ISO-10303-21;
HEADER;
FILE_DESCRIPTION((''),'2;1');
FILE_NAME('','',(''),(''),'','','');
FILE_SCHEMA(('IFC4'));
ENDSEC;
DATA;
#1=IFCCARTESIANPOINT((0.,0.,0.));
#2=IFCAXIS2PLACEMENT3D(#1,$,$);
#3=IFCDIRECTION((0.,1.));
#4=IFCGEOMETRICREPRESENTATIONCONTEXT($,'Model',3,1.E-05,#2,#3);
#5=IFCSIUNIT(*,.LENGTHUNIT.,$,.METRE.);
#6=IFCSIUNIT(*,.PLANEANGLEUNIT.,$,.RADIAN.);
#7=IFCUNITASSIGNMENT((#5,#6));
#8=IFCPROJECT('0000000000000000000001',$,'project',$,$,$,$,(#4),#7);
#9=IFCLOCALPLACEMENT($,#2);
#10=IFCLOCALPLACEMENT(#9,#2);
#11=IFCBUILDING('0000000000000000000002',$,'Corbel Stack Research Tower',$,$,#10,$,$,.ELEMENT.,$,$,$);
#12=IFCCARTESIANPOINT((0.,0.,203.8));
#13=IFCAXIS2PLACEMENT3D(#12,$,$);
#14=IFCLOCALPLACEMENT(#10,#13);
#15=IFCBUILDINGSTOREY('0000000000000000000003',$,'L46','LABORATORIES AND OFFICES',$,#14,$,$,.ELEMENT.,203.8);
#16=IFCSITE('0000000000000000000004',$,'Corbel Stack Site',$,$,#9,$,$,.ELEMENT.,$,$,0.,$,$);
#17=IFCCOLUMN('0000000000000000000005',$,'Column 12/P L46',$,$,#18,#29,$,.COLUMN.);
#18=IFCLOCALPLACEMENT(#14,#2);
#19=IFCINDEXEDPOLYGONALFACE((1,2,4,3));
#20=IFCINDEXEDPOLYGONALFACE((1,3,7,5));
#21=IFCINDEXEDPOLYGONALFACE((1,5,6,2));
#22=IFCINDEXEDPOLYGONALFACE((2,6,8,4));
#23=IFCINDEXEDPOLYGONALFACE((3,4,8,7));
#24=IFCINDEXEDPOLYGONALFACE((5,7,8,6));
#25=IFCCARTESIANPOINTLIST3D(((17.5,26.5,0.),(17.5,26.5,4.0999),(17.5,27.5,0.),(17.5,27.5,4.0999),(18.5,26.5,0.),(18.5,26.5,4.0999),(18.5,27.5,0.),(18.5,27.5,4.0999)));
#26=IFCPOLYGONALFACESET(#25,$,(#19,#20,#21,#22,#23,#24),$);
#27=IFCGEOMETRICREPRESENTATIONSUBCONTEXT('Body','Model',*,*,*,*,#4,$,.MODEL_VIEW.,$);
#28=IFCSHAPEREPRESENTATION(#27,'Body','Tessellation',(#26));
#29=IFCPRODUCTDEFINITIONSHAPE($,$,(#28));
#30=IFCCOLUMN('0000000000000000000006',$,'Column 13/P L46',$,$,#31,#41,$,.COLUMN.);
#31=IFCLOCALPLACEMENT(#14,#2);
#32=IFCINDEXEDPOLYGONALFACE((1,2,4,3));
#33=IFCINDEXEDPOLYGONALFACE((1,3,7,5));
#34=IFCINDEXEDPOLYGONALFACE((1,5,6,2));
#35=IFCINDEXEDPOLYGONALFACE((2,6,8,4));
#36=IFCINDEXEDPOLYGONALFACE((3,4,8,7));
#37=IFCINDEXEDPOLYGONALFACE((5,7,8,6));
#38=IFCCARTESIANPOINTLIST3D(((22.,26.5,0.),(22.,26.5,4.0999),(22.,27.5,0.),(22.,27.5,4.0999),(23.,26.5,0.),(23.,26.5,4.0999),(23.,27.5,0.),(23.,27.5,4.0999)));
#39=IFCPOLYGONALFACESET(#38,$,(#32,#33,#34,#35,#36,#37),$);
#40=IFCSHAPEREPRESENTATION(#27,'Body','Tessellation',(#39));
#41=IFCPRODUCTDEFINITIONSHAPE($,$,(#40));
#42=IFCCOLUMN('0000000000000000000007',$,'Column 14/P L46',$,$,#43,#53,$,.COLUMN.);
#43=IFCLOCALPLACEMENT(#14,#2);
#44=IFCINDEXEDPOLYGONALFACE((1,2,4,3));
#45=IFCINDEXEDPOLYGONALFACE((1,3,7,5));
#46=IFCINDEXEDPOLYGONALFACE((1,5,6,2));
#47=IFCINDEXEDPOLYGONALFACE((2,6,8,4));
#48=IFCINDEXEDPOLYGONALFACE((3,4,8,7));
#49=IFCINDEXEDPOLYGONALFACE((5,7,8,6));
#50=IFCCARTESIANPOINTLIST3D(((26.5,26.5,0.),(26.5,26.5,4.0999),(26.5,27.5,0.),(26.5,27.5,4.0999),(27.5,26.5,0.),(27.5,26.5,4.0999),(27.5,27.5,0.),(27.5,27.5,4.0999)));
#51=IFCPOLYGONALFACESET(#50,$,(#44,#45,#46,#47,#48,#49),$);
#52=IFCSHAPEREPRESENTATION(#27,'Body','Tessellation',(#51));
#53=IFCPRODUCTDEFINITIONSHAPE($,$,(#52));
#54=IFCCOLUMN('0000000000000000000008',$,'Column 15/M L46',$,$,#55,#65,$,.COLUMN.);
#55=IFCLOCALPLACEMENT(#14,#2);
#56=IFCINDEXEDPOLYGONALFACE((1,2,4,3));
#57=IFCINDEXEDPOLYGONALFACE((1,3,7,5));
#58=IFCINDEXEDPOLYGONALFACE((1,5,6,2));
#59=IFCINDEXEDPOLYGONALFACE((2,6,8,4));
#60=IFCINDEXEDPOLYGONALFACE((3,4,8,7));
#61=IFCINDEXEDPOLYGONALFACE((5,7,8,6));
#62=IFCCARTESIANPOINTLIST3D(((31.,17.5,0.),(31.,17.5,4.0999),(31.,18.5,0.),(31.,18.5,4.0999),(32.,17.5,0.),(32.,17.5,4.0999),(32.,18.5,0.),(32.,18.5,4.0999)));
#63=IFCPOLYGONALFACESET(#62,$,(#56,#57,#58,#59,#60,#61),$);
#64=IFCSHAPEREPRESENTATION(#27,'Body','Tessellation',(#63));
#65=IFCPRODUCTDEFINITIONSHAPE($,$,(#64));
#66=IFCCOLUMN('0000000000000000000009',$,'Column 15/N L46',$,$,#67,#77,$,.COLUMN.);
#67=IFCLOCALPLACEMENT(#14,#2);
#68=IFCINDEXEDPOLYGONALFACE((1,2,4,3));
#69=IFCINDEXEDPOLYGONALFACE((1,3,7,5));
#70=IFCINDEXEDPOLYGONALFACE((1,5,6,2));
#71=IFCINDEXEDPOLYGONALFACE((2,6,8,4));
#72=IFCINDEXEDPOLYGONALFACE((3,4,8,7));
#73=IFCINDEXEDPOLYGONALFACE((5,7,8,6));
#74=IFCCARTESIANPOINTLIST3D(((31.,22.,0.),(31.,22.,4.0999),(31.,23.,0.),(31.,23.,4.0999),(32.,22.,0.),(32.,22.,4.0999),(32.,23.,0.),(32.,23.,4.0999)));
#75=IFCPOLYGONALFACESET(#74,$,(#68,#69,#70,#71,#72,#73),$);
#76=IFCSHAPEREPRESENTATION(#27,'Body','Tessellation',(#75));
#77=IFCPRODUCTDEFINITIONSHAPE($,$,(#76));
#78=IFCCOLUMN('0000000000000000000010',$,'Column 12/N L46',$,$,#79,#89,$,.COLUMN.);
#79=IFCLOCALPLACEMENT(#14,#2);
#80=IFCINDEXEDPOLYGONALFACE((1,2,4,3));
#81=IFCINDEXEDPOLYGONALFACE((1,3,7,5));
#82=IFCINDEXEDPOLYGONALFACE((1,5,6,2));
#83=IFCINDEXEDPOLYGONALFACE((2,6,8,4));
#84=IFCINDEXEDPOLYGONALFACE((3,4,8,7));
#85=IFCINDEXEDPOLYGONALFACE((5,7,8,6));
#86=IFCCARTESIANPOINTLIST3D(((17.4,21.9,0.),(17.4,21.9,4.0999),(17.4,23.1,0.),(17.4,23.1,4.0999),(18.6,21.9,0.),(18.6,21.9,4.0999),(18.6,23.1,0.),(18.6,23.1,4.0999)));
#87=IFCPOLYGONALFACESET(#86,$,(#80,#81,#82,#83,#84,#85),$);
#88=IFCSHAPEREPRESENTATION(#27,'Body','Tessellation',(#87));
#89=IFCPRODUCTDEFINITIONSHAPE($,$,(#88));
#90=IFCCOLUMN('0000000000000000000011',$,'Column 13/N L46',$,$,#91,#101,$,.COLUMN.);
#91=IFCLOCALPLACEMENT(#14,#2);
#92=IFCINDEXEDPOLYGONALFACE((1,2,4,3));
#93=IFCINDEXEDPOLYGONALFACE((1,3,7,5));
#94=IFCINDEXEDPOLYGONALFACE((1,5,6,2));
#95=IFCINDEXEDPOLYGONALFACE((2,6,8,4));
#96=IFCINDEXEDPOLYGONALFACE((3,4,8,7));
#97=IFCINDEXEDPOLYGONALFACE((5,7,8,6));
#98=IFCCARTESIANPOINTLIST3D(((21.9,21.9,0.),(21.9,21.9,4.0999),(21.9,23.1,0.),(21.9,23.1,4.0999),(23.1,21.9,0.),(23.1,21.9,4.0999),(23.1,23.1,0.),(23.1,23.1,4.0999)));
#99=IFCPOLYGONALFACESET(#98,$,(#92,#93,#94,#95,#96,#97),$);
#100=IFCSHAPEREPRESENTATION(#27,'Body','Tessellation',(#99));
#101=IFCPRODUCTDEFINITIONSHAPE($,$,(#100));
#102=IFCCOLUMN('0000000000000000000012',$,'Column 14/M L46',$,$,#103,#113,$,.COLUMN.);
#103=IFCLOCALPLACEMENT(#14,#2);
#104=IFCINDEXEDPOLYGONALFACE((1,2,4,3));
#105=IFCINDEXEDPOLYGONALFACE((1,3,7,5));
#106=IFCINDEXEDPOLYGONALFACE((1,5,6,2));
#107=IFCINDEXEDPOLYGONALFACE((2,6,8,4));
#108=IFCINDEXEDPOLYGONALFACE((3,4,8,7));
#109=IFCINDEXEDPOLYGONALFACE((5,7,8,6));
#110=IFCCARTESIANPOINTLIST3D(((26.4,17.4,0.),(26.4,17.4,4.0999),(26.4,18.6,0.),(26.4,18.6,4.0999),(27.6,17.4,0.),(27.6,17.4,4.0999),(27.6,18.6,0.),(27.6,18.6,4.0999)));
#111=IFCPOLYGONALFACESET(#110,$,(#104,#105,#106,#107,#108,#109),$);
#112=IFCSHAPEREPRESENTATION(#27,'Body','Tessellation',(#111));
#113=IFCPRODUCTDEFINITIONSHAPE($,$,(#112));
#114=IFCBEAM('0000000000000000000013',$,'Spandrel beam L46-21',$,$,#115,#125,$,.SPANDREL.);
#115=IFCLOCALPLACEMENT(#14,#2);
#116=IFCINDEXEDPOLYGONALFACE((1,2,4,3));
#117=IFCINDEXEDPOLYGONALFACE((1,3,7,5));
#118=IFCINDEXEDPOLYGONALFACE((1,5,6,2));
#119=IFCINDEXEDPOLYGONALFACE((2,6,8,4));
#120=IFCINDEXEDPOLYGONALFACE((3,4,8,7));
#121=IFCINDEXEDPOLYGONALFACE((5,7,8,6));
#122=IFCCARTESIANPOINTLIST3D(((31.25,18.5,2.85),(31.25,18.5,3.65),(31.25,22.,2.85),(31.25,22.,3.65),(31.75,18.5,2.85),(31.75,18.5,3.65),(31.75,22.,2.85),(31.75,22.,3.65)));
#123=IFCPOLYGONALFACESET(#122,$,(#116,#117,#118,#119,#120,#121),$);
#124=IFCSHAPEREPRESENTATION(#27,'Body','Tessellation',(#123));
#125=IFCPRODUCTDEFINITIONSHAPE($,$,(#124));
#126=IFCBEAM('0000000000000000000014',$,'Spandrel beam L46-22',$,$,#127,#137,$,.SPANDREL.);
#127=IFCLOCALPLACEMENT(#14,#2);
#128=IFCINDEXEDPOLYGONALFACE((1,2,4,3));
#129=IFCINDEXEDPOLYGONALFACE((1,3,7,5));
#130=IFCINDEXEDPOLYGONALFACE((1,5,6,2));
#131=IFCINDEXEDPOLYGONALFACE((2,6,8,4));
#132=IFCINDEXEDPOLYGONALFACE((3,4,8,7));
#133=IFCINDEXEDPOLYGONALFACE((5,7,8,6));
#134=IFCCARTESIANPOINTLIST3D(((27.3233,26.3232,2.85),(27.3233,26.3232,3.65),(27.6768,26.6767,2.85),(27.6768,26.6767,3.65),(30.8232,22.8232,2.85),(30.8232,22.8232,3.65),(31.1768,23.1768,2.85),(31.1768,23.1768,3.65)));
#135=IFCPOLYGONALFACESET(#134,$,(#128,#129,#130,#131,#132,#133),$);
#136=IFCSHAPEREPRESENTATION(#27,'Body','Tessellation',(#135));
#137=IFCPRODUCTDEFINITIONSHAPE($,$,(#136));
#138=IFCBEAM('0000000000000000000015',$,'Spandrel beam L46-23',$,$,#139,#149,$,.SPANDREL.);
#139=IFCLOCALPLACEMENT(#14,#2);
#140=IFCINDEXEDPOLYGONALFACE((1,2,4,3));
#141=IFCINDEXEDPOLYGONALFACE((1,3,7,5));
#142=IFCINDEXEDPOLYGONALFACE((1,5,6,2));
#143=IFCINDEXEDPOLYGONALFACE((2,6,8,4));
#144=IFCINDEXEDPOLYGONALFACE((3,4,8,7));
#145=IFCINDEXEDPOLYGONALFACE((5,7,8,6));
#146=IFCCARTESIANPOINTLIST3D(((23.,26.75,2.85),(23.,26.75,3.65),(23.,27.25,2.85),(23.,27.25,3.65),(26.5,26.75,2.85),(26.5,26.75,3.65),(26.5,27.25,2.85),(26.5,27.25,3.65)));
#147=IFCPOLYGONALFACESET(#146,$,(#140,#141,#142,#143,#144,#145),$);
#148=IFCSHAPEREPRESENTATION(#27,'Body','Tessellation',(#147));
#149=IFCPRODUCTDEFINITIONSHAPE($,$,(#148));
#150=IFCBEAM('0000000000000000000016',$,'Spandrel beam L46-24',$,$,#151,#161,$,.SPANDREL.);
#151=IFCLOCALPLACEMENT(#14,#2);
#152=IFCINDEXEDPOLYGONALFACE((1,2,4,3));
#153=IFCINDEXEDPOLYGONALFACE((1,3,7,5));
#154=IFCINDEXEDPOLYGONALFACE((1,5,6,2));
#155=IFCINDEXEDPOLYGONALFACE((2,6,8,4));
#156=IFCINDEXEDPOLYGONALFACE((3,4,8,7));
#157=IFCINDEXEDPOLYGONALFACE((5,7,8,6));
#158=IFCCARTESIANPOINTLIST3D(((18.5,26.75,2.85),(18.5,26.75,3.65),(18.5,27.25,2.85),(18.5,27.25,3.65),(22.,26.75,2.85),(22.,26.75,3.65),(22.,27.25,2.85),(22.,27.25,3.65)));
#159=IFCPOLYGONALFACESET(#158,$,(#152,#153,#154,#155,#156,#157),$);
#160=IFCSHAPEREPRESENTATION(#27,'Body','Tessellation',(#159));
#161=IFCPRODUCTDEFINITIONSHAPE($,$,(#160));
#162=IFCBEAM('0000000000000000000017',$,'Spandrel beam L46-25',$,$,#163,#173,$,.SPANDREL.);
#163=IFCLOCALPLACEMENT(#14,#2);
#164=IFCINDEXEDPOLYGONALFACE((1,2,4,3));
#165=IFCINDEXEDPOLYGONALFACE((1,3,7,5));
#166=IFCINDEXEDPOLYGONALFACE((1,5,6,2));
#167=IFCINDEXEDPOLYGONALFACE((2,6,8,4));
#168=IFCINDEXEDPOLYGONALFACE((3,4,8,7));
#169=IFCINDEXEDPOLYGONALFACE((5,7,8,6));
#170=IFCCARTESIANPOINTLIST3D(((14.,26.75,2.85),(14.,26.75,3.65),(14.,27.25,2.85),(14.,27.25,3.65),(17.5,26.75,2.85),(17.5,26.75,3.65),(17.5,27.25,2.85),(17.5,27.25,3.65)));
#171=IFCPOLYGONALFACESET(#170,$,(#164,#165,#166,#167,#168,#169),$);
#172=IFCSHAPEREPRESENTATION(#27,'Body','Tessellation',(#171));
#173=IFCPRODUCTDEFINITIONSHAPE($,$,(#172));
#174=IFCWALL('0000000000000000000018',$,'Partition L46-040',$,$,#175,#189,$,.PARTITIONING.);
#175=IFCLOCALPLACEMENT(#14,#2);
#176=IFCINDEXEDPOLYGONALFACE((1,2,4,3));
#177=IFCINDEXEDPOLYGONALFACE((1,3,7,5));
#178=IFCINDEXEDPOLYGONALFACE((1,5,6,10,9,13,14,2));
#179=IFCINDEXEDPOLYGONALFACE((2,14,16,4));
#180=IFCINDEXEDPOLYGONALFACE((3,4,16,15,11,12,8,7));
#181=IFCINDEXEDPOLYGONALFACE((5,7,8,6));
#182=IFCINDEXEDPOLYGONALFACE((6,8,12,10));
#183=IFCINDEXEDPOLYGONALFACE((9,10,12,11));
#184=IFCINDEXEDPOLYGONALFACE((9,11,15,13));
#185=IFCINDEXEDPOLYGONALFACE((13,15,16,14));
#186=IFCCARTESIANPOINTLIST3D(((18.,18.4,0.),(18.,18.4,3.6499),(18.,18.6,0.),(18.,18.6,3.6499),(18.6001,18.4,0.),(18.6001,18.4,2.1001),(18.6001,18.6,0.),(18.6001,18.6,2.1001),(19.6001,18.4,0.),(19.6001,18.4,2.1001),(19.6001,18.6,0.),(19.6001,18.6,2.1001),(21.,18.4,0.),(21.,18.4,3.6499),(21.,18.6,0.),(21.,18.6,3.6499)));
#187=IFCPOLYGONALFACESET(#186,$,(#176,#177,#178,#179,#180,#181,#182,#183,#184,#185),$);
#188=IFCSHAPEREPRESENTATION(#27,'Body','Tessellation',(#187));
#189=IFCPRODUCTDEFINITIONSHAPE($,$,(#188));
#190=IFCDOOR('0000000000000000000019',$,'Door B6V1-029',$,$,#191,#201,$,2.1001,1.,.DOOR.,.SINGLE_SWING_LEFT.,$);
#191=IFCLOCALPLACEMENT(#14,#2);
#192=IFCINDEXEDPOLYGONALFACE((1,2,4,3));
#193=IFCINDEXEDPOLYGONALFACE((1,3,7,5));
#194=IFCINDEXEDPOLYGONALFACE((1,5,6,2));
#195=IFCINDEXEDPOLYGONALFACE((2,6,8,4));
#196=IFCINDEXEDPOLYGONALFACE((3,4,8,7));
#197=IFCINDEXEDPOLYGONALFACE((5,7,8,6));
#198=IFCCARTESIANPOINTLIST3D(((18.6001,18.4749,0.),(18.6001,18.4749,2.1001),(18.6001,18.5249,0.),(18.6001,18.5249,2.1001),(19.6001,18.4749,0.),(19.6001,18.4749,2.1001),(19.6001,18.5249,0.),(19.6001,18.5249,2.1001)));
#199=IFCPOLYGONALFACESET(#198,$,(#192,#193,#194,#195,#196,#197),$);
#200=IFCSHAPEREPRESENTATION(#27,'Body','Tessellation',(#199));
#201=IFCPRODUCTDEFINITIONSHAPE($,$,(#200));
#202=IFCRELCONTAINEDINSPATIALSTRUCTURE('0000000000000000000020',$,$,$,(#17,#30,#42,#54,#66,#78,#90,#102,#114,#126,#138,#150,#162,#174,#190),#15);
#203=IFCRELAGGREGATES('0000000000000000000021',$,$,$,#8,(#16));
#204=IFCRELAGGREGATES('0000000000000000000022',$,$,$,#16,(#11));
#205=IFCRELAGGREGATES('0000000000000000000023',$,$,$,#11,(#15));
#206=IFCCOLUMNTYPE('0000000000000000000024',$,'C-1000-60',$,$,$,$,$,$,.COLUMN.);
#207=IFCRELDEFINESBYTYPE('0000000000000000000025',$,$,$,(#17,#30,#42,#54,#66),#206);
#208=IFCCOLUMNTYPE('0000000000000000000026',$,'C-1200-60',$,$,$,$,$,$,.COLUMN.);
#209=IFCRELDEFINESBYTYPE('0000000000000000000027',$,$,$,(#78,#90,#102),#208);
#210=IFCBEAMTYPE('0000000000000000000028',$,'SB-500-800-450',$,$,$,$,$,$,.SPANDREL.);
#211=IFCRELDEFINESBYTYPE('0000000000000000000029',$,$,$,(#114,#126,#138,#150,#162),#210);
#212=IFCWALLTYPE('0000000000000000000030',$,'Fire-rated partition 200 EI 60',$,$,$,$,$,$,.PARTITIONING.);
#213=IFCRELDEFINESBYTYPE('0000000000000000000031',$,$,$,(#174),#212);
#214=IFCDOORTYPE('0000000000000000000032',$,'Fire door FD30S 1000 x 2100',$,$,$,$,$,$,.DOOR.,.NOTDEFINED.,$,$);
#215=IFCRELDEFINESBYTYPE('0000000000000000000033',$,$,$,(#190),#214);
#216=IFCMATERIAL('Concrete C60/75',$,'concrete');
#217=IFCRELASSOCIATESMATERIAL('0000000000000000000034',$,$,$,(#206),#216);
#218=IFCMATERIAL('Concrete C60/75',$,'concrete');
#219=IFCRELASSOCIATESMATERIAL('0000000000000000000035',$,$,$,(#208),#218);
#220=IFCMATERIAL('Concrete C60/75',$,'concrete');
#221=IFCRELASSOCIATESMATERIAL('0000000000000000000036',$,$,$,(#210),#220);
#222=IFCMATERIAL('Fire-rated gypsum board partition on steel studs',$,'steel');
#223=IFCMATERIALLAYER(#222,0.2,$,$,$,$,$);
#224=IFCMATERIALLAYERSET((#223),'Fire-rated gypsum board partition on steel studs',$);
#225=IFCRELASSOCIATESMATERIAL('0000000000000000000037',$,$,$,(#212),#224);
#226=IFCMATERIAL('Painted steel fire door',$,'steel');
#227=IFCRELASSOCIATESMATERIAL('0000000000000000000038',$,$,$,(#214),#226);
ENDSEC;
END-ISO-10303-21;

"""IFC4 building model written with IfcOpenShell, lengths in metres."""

from ifc_helpers import new_model, si_unit, direction, frame, frame_2d, origin, origin_2d, place, context, subcontext, project, spatial, rectangle, extrude, material, layer, layer_set, material_profile, profile_set, type_object, element, fill, save


model = new_model("IFC4")

# Units and contexts
model_context = context("Model", 3, precision=1e-05, world=origin(), true_north=direction((0.0, 1.0)))
body_context = subcontext(model_context, "Body", "Model", "MODEL_VIEW")
ifc_project = project(units=[si_unit("LENGTHUNIT", "METRE"), si_unit("PLANEANGLEUNIT", "RADIAN")], contexts=[model_context])

# Site, building, storey
site_placement = place(None, origin())
site = spatial("IfcSite", under=ifc_project, at=site_placement, Name="Corbel Stack Site", CompositionType="ELEMENT", RefElevation=0.0)
building_placement = place(site_placement, origin())
building = spatial("IfcBuilding", under=site, at=building_placement, Name="Corbel Stack Research Tower", CompositionType="ELEMENT")
storey_placement = place(building_placement, frame((0.0, 0.0, 203.8)))
storey = spatial("IfcBuildingStorey", under=building, at=storey_placement, Name="L46", Description="LABORATORIES AND OFFICES", CompositionType="ELEMENT", Elevation=203.8)

# Columns
ifc_material_1 = material(Name="Concrete C60/75", Category="concrete")
ifc_material_profile_1 = material_profile(ifc_material_1, rectangle(XDim=1.0, YDim=1.0, at=origin_2d()), Name="RC 1000 x 1000")
ifc_profile_set_1 = profile_set([ifc_material_profile_1], Name="Concrete C60/75")
column_type_1 = type_object("IfcColumnType", Name="C-1000-60", PredefinedType="COLUMN", material=ifc_profile_set_1)
for number, where, z_axis, x_axis, name in (
    (1, (18.0, 27.0, 0.0), (0.0, 0.0, 1.0), (1.0, 0.0, 0.0), "Column 12/P L46"),
    (2, (22.5, 27.0, 0.0), (0.0, 0.0, 1.0), (1.0, 0.0, 0.0), "Column 13/P L46"),
    (3, (27.0, 27.0, 0.0), (0.0, 0.0, 1.0), (1.0, 0.0, 0.0), "Column 14/P L46"),
    (4, (31.5, 18.0, 0.0), (0.0, 0.0, 1.0), (1.0, 0.0, 0.0), "Column 15/M L46"),
    (5, (31.5, 22.5, 0.0), (0.0, 0.0, 1.0), (1.0, 0.0, 0.0), "Column 15/N L46"),
):
    element("IfcColumn", number, at=place(storey_placement, frame(where, z_axis=z_axis, x_axis=x_axis)), inside=storey, type_object=column_type_1, Name=name, PredefinedType="COLUMN", context=body_context, shape_type="SweptSolid", body=[
        extrude(rectangle(XDim=1.0, YDim=1.0, at=origin_2d()), origin(), (0.0, 0.0, 1.0), 4.0999),
    ])
ifc_material_2 = material(Name="Concrete C60/75", Category="concrete")
ifc_material_profile_2 = material_profile(ifc_material_2, rectangle(XDim=1.2, YDim=1.2, at=origin_2d()), Name="RC 1200 x 1200")
ifc_profile_set_2 = profile_set([ifc_material_profile_2], Name="Concrete C60/75")
column_type_2 = type_object("IfcColumnType", Name="C-1200-60", PredefinedType="COLUMN", material=ifc_profile_set_2)
for number, where, z_axis, x_axis, name in (
    (6, (18.0, 22.5, 0.0), (0.0, 0.0, 1.0), (1.0, 0.0, 0.0), "Column 12/N L46"),
    (7, (22.5, 22.5, 0.0), (0.0, 0.0, 1.0), (1.0, 0.0, 0.0), "Column 13/N L46"),
    (8, (27.0, 18.0, 0.0), (0.0, 0.0, 1.0), (1.0, 0.0, 0.0), "Column 14/M L46"),
):
    element("IfcColumn", number, at=place(storey_placement, frame(where, z_axis=z_axis, x_axis=x_axis)), inside=storey, type_object=column_type_2, Name=name, PredefinedType="COLUMN", context=body_context, shape_type="SweptSolid", body=[
        extrude(rectangle(XDim=1.2, YDim=1.2, at=origin_2d()), origin(), (0.0, 0.0, 1.0), 4.0999),
    ])

# Beams
ifc_material_3 = material(Name="Concrete C60/75", Category="concrete")
ifc_material_profile_3 = material_profile(ifc_material_3, rectangle(XDim=0.5, YDim=0.8, at=origin_2d()), Name="RC 500 x 800")
ifc_profile_set_3 = profile_set([ifc_material_profile_3], Name="Concrete C60/75")
beam_type = type_object("IfcBeamType", Name="SB-500-800-450", PredefinedType="SPANDREL", material=ifc_profile_set_3)
beam_1_placement = place(storey_placement, frame((31.5, 18.5, 3.25), z_axis=(0.0, 1.0, 0.0), x_axis=(-1.0, 0.0, 0.0)))
element("IfcBeam", 9, at=beam_1_placement, inside=storey, type_object=beam_type, Name="Spandrel beam L46-21", PredefinedType="SPANDREL", context=body_context, shape_type="SweptSolid", body=[
    extrude(rectangle(XDim=0.5, YDim=0.8, at=origin_2d()), origin(), (0.0, 0.0, 1.0), 3.5),
])
beam_2_placement = place(storey_placement, frame((31.0, 23.0, 3.25), z_axis=(-0.707107, 0.707107, 0.0), x_axis=(-0.707107, -0.707107, 0.0)))
element("IfcBeam", 10, at=beam_2_placement, inside=storey, type_object=beam_type, Name="Spandrel beam L46-22", PredefinedType="SPANDREL", context=body_context, shape_type="SweptSolid", body=[
    extrude(rectangle(XDim=0.5, YDim=0.8, at=origin_2d()), origin(), (0.0, 0.0, 1.0), 4.9497),
])
for number, where, z_axis, x_axis, name in (
    (11, (26.5, 27.0, 3.25), (-1.0, 0.0, 0.0), (0.0, -1.0, 0.0), "Spandrel beam L46-23"),
    (12, (22.0, 27.0, 3.25), (-1.0, 0.0, 0.0), (0.0, -1.0, 0.0), "Spandrel beam L46-24"),
    (13, (17.5, 27.0, 3.25), (-1.0, 0.0, 0.0), (0.0, -1.0, 0.0), "Spandrel beam L46-25"),
):
    element("IfcBeam", number, at=place(storey_placement, frame(where, z_axis=z_axis, x_axis=x_axis)), inside=storey, type_object=beam_type, Name=name, PredefinedType="SPANDREL", context=body_context, shape_type="SweptSolid", body=[
        extrude(rectangle(XDim=0.5, YDim=0.8, at=origin_2d()), origin(), (0.0, 0.0, 1.0), 3.5),
    ])

# Wall, opening, door
ifc_material_4 = material(Name="Fire-rated gypsum board partition on steel studs", Category="steel")
ifc_layer_1 = layer(ifc_material_4, 0.2)
ifc_layer_set_1 = layer_set([ifc_layer_1], Name="Fire-rated gypsum board partition on steel studs")
wall_type_1 = type_object("IfcWallType", Name="Fire-rated partition 200 EI 60", PredefinedType="PARTITIONING", material=ifc_layer_set_1)
wall_1_placement = place(storey_placement, frame((18.0, 18.5, 0.0), z_axis=(0.0, 0.0, 1.0), x_axis=(1.0, 0.0, 0.0)))
wall_1 = element("IfcWall", 14, at=wall_1_placement, inside=storey, type_object=wall_type_1, Name="Partition L46-040", PredefinedType="PARTITIONING", context=body_context, shape_type="SweptSolid", body=[
    extrude(rectangle(XDim=3.0, YDim=0.2, at=frame_2d((1.5, 0.0))), origin(), (0.0, 0.0, 1.0), 3.6499),
])
opening_1_placement = place(wall_1_placement, frame((0.6001, 0.0, 0.0)))
opening_1 = element("IfcOpeningElement", 15, at=opening_1_placement, cuts=wall_1, PredefinedType="OPENING", context=body_context, shape_type="SweptSolid", body=[
    extrude(rectangle(XDim=1.0, YDim=2.1001, at=frame_2d((0.5, 1.05))), frame((0.0, 0.1099, 0.0), z_axis=(0.0, -1.0, 0.0), x_axis=(1.0, 0.0, 0.0)), (0.0, 0.0, 1.0), 0.22),
])
ifc_material_5 = material(Name="Painted steel fire door", Category="steel")
door_type_1 = type_object("IfcDoorType", Name="Fire door FD30S 1000 x 2100", OperationType="NOTDEFINED", PredefinedType="DOOR", material=ifc_material_5)
door_1_placement = place(opening_1_placement, origin())
door_1 = element("IfcDoor", 16, at=door_1_placement, inside=storey, type_object=door_type_1, Name="Door B6V1-029", OperationType="SINGLE_SWING_LEFT", OverallHeight=2.1001, OverallWidth=1.0, PredefinedType="DOOR", context=body_context, shape_type="SweptSolid", body=[
    extrude(rectangle(XDim=1.0, YDim=2.1001, at=frame_2d((0.5, 1.05))), frame((0.0, 0.0249, 0.0), z_axis=(0.0, -1.0, 0.0), x_axis=(1.0, 0.0, 0.0)), (0.0, 0.0, 1.0), 0.05),
])
fill(opening_1, door_1)

save(model, "model.ifc")
